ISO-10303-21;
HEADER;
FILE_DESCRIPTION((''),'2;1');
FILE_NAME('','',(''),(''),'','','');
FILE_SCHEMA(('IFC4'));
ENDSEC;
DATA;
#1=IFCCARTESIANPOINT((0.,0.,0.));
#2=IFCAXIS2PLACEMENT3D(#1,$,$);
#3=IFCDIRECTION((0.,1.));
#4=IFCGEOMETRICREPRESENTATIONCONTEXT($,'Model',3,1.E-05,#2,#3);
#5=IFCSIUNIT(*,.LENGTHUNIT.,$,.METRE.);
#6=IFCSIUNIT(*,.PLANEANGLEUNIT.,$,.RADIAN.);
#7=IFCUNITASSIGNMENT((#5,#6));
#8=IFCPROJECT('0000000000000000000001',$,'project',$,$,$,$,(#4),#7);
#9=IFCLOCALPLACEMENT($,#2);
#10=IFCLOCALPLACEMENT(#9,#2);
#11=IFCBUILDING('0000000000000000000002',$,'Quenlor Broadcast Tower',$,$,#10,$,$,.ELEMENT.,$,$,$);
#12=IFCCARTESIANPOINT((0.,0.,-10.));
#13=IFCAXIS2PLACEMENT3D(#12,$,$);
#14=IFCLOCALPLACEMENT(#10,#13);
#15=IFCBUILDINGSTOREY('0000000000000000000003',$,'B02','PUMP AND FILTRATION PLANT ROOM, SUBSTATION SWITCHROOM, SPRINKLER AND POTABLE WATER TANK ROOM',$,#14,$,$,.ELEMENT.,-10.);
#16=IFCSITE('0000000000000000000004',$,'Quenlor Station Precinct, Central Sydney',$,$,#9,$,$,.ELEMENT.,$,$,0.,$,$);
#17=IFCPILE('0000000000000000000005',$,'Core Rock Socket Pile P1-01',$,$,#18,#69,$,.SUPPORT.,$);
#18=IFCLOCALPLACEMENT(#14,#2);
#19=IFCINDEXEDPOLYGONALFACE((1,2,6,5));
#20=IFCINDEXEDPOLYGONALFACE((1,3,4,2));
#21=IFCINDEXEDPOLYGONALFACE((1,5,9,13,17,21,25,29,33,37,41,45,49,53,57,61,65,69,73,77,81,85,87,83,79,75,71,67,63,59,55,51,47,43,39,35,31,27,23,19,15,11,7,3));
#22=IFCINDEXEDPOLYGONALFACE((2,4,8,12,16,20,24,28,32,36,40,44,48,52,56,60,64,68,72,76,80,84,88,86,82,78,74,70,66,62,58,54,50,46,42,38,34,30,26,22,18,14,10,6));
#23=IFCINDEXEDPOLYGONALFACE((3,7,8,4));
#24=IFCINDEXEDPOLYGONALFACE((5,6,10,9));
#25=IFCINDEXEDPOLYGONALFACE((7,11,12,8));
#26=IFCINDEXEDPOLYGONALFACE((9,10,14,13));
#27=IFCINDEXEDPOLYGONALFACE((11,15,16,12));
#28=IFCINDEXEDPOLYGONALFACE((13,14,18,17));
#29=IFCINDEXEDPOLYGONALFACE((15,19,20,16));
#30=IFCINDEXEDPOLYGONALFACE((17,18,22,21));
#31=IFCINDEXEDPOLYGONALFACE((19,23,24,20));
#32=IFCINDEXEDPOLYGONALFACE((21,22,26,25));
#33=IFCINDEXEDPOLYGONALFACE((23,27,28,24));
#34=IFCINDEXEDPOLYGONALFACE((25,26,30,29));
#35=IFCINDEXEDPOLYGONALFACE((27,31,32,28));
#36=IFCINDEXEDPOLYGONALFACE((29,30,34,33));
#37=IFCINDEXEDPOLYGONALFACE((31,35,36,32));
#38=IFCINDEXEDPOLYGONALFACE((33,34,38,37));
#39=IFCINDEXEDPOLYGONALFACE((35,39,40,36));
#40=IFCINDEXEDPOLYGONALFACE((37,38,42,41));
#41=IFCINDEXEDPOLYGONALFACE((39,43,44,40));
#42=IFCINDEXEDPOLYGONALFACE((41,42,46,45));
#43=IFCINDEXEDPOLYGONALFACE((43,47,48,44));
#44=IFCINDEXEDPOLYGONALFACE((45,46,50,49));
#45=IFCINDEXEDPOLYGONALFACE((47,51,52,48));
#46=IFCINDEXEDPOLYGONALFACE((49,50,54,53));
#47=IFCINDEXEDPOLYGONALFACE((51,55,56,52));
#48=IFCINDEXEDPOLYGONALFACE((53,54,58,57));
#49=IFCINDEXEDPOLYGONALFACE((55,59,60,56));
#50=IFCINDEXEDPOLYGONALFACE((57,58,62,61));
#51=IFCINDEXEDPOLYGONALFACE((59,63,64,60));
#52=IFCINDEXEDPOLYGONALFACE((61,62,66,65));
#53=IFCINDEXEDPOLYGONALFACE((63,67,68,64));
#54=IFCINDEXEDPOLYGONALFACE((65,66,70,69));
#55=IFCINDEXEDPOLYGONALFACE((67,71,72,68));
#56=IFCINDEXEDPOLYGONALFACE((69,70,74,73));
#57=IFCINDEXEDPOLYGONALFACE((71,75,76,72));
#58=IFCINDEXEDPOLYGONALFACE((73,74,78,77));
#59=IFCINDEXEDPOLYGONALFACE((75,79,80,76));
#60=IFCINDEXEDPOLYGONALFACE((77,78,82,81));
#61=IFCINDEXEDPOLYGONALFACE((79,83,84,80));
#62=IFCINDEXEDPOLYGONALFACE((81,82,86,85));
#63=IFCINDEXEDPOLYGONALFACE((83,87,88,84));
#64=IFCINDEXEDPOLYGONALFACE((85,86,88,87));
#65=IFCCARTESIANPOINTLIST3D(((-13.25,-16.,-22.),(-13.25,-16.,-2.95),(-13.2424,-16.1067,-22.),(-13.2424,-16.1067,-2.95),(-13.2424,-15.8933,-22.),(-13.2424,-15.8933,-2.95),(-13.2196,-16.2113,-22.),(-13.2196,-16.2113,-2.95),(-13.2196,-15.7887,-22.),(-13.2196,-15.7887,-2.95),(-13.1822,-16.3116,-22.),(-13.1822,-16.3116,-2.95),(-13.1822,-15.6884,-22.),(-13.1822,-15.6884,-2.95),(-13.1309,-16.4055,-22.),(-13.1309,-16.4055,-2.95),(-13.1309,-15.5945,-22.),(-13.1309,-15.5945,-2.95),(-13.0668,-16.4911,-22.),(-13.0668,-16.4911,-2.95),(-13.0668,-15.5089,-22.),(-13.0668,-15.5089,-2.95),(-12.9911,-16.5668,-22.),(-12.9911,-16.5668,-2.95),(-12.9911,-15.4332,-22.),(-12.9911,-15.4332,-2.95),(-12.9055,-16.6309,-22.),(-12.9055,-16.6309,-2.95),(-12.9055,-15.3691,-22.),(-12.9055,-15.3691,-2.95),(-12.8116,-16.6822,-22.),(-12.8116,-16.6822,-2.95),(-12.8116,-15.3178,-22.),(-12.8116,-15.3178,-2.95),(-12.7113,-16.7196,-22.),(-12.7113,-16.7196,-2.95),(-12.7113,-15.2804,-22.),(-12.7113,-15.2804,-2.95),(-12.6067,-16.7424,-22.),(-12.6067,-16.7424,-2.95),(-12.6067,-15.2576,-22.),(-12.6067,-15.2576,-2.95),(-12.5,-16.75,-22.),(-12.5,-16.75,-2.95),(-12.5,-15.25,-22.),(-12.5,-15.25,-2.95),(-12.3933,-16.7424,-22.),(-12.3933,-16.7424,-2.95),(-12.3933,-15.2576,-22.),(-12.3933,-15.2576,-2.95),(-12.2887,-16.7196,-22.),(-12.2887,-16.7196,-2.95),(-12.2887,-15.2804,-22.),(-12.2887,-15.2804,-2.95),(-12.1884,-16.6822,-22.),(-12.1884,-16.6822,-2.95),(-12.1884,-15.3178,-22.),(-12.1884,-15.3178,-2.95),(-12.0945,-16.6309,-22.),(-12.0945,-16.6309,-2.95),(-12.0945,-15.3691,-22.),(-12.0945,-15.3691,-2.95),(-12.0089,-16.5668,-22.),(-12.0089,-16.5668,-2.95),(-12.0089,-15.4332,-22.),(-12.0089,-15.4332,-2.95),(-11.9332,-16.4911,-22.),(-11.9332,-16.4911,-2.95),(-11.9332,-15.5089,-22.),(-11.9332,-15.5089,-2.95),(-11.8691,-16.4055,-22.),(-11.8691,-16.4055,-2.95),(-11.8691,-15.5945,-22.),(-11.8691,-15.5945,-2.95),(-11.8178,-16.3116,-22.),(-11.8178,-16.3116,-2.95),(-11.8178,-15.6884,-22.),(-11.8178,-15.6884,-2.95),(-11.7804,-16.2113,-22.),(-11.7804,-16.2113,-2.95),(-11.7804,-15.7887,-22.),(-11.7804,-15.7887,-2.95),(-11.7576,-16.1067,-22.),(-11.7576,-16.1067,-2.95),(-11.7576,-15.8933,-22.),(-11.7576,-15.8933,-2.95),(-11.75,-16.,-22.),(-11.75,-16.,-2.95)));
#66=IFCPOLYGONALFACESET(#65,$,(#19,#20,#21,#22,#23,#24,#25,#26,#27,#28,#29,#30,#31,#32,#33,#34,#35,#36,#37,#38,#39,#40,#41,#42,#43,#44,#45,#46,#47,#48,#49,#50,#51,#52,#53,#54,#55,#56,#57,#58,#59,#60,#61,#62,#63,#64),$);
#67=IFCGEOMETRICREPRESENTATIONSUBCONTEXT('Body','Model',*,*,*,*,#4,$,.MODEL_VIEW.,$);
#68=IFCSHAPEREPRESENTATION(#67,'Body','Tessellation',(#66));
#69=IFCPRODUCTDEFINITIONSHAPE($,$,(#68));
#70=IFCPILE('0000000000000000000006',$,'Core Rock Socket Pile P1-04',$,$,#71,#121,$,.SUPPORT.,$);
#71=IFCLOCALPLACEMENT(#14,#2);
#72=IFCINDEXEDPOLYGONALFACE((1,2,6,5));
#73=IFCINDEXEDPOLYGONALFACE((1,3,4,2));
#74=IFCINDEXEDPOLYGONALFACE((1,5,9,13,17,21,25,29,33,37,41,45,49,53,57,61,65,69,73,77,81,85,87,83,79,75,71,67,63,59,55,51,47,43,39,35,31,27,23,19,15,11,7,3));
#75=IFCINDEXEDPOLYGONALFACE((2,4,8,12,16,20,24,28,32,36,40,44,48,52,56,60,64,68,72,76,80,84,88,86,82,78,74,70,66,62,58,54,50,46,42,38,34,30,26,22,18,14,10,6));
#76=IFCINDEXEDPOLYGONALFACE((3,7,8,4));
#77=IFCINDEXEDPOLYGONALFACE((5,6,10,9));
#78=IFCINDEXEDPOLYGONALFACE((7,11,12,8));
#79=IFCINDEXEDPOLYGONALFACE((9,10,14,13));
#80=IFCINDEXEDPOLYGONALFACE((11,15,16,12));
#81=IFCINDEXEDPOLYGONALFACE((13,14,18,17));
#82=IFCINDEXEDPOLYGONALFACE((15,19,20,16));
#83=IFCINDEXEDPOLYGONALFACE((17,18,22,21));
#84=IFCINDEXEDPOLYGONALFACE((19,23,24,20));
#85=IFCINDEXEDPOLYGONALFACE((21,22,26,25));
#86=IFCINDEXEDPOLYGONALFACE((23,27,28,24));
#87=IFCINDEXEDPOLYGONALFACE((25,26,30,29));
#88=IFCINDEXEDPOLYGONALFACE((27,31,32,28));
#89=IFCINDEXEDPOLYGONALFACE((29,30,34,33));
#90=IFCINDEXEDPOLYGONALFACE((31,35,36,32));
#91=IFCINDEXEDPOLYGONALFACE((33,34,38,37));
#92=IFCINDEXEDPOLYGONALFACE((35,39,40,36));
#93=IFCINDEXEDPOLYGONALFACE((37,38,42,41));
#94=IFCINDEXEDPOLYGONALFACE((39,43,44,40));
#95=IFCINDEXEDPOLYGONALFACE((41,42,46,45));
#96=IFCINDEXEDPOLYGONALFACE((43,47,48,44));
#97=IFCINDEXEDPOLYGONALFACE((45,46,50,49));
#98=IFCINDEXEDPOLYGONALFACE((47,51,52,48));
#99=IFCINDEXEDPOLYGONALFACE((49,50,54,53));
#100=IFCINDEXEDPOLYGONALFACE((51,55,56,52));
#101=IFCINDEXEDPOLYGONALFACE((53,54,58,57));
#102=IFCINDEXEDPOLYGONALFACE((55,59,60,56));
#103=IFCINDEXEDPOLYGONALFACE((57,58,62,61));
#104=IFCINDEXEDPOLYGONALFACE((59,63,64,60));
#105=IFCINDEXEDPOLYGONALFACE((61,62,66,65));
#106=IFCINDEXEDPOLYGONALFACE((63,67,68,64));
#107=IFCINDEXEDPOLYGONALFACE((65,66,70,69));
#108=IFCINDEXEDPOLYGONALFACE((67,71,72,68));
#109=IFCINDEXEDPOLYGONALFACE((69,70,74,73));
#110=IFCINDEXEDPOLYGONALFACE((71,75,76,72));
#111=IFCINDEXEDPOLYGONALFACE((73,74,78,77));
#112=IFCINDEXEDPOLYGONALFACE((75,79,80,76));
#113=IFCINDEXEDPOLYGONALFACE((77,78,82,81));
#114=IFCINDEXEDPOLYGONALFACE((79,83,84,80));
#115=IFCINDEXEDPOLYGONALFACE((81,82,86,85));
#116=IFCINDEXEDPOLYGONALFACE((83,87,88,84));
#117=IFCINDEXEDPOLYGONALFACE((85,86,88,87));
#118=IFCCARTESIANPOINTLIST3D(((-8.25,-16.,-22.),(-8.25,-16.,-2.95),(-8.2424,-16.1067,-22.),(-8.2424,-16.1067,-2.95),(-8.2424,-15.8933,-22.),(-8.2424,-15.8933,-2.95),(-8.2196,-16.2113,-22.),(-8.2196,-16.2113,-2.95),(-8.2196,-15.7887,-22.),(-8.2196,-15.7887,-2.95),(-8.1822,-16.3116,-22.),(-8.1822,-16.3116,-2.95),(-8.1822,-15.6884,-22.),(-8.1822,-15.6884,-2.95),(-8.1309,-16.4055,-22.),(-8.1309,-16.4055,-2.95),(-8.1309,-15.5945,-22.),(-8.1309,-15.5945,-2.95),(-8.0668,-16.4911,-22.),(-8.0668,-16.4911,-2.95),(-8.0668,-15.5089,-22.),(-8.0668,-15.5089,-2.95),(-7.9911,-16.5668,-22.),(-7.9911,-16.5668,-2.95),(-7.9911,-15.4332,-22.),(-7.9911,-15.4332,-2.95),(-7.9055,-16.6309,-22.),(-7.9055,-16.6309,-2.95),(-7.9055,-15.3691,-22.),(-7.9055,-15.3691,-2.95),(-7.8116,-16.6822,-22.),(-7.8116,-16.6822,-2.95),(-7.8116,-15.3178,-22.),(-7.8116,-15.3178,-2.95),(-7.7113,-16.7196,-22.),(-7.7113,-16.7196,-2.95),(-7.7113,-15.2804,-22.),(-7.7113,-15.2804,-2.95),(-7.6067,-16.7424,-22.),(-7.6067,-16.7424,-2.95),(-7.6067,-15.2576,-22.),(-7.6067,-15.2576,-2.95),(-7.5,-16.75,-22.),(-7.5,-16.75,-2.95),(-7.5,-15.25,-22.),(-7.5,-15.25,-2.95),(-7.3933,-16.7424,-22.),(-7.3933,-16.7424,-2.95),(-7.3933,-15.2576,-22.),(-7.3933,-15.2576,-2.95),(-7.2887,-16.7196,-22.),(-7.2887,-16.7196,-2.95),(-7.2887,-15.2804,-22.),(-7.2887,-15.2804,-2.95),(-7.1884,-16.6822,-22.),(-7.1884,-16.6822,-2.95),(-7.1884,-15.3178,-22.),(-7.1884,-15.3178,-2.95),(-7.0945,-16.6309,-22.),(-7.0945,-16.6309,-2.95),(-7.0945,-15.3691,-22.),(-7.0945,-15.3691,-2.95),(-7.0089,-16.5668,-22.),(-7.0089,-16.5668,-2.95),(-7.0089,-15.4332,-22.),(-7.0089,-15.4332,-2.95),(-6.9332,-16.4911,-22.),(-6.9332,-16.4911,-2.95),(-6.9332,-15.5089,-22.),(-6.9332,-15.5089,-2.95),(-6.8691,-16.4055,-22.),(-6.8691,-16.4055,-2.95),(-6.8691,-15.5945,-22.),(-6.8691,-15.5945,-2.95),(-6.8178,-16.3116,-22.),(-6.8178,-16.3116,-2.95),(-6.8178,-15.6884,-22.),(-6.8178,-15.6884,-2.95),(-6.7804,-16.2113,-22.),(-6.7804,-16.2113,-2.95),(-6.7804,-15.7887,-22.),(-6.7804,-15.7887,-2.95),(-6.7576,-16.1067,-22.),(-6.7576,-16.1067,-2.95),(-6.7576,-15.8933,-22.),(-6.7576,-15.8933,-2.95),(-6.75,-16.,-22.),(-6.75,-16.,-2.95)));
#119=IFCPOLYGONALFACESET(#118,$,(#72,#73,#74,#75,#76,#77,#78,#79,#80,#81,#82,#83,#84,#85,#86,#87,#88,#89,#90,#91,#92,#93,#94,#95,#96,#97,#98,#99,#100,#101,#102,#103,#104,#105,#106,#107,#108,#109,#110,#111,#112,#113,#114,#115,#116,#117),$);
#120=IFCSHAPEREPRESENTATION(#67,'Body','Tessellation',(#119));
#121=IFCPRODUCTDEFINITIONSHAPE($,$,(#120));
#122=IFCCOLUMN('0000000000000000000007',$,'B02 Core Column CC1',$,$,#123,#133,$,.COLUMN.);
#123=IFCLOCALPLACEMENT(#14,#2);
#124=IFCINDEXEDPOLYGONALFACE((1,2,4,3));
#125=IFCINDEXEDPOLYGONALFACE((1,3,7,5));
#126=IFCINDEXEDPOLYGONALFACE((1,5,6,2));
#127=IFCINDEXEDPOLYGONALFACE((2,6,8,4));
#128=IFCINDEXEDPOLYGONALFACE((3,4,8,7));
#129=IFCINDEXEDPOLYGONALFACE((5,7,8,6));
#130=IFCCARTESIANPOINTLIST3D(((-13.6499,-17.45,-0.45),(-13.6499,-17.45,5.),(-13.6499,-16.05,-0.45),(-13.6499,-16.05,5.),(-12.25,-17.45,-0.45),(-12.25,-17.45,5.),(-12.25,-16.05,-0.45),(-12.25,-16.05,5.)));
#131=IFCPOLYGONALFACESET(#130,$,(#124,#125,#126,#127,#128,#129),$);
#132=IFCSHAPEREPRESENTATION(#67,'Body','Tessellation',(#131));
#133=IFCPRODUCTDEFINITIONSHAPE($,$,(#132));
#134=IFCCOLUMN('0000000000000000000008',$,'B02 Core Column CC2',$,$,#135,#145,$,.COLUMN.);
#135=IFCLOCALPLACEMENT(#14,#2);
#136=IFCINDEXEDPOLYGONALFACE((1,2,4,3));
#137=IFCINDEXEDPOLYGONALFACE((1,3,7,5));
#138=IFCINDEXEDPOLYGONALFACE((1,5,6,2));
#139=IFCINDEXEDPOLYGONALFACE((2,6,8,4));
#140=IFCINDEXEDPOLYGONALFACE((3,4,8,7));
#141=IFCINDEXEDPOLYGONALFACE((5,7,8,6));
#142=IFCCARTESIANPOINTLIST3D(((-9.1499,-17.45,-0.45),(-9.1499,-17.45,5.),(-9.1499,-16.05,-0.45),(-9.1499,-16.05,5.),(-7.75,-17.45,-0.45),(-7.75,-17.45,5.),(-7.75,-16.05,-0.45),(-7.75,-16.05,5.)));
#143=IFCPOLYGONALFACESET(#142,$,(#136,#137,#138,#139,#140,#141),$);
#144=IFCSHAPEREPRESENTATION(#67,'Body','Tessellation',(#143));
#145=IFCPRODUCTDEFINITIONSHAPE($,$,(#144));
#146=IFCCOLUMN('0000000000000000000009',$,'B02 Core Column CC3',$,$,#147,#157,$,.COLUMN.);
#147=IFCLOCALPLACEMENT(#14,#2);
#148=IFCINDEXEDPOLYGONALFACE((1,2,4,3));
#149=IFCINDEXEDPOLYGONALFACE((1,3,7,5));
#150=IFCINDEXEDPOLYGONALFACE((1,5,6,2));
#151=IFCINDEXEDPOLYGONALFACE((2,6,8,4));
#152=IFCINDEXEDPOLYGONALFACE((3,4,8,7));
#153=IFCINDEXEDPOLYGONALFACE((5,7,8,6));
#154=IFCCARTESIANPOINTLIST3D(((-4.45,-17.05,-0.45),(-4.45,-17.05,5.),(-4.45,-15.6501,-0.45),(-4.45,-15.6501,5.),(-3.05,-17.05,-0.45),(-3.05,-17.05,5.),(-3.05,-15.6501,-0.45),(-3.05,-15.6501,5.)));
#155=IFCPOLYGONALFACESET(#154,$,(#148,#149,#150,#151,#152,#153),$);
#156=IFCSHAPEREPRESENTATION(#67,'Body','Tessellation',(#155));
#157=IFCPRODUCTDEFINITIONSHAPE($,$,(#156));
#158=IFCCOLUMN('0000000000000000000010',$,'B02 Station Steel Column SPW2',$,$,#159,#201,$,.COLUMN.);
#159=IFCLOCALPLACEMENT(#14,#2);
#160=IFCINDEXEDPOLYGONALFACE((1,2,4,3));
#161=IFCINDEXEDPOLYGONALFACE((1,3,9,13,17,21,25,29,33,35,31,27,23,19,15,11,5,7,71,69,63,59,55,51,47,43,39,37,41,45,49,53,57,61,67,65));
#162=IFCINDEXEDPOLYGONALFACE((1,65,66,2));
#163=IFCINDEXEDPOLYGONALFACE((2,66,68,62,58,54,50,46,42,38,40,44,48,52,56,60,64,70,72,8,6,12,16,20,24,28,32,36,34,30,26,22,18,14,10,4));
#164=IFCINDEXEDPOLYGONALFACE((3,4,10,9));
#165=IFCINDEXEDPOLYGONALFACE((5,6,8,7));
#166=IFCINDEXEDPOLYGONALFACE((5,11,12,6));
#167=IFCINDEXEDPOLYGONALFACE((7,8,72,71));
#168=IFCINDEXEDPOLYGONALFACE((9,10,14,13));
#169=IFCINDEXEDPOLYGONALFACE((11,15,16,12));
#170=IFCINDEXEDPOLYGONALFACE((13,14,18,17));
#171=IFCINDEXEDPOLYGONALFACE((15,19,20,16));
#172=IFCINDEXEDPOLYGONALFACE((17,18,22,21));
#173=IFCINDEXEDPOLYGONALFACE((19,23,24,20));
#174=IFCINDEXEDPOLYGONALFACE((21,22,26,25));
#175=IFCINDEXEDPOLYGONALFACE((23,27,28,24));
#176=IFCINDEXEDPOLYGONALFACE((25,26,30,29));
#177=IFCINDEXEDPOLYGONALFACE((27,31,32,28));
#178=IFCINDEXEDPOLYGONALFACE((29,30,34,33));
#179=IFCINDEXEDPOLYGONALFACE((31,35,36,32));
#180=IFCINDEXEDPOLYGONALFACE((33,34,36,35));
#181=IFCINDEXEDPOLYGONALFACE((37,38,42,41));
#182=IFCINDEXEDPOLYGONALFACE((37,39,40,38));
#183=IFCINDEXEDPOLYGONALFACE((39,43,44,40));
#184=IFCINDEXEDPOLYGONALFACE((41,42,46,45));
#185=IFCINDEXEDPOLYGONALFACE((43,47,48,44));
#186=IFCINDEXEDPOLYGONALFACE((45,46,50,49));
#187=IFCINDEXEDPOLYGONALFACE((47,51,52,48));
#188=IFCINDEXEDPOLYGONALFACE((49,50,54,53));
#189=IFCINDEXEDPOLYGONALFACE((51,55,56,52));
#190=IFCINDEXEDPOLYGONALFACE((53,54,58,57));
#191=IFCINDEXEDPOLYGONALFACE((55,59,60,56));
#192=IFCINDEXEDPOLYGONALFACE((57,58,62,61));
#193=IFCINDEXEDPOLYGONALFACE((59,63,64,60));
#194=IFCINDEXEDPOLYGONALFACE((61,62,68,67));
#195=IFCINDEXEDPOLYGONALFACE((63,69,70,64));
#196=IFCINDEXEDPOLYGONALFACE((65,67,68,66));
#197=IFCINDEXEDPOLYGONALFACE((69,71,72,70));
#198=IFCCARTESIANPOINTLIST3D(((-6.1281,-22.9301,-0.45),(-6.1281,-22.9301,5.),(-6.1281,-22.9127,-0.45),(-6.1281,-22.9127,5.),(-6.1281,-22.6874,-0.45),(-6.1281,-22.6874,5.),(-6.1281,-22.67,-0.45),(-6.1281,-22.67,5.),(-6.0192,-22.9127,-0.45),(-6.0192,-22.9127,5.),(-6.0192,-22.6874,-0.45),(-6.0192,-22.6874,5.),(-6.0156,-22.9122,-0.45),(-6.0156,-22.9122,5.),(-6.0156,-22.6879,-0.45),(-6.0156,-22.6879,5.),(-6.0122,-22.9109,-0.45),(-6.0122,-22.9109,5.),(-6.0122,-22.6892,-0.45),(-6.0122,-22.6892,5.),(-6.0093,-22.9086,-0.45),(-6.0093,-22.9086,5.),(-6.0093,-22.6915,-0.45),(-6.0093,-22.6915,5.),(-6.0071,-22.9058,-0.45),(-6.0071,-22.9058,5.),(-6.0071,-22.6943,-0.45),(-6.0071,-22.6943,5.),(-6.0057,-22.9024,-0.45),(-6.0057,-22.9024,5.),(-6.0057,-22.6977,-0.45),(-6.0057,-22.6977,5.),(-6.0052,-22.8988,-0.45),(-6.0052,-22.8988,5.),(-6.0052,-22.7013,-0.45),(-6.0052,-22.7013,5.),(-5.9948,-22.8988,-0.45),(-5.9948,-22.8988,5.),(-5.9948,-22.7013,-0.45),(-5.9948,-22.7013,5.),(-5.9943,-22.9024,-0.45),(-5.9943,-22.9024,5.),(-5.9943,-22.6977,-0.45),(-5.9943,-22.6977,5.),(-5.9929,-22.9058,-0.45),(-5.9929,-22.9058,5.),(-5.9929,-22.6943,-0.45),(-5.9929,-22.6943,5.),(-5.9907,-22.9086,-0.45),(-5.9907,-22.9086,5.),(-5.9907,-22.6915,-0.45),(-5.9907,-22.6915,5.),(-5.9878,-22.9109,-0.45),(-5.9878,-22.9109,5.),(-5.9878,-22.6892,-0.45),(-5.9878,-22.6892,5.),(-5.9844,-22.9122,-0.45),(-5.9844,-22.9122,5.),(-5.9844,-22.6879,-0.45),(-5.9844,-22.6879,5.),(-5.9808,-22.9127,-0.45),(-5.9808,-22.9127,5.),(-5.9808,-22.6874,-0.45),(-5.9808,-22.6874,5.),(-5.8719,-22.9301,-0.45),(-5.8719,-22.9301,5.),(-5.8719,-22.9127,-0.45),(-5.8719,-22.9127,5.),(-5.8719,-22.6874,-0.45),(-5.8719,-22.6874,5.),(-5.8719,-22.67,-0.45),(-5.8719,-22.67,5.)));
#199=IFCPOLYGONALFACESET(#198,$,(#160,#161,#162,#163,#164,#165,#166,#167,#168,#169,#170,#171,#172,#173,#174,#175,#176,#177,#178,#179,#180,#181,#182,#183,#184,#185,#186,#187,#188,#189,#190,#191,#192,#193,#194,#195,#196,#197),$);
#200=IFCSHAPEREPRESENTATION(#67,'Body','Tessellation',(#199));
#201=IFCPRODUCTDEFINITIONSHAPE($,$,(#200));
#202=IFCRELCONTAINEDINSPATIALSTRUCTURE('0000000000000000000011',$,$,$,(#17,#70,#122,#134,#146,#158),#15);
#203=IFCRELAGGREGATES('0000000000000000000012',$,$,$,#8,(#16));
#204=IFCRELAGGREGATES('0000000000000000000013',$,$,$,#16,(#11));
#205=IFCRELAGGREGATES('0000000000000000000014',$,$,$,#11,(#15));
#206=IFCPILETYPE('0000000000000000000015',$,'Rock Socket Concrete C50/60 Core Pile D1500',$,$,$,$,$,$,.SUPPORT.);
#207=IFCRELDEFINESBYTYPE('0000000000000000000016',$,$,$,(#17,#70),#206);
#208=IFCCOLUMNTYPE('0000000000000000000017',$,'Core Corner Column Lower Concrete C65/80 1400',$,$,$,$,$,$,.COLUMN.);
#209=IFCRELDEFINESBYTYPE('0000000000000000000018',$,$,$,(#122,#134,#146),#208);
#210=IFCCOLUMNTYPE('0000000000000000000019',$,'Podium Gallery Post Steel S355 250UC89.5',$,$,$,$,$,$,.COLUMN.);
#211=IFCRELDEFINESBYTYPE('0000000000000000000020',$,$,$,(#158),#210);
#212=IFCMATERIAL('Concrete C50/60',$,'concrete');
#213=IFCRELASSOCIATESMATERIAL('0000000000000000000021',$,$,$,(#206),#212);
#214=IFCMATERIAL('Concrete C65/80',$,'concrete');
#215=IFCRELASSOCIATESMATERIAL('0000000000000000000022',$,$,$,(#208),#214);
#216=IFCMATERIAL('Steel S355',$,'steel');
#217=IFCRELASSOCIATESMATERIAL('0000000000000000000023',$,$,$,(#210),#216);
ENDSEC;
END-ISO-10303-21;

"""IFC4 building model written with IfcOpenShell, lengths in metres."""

from ifc_helpers import new_model, si_unit, direction, frame, origin, origin_2d, place, context, subcontext, project, spatial, rectangle, circle, i_section, extrude, material, material_profile, profile_set, type_object, element, save


model = new_model("IFC4")

# Units and contexts
model_context = context("Model", 3, precision=1e-05, world=origin(), true_north=direction((0.0, 1.0)))
body_context = subcontext(model_context, "Body", "Model", "MODEL_VIEW")
ifc_project = project(units=[si_unit("LENGTHUNIT", "METRE"), si_unit("PLANEANGLEUNIT", "RADIAN")], contexts=[model_context])

# Site, building, storey
site_placement = place(None, origin())
site = spatial("IfcSite", under=ifc_project, at=site_placement, Name="Quenlor Station Precinct, Central Sydney", CompositionType="ELEMENT", RefElevation=0.0)
building_placement = place(site_placement, origin())
building = spatial("IfcBuilding", under=site, at=building_placement, Name="Quenlor Broadcast Tower", CompositionType="ELEMENT")
storey_placement = place(building_placement, frame((0.0, 0.0, -10.0)))
storey = spatial("IfcBuildingStorey", under=building, at=storey_placement, Name="B02", Description="PUMP AND FILTRATION PLANT ROOM, SUBSTATION SWITCHROOM, SPRINKLER AND POTABLE WATER TANK ROOM", CompositionType="ELEMENT", Elevation=-10.0)

# Piles
ifc_material_1 = material(Name="Concrete C50/60", Category="concrete")
ifc_material_profile_1 = material_profile(ifc_material_1, circle(Radius=0.75, at=origin_2d()))
ifc_profile_set_1 = profile_set([ifc_material_profile_1], Name="Concrete C50/60 PILE1500")
pile_type_1 = type_object("IfcPileType", Name="Rock Socket Concrete C50/60 Core Pile D1500", PredefinedType="SUPPORT", material=ifc_profile_set_1)
for number, where, z_axis, x_axis, name in (
    (1, (-12.5, -16.0, -2.95), (0.0, 0.0, -1.0), (1.0, 0.0, 0.0), "Core Rock Socket Pile P1-01"),
    (2, (-7.5, -16.0, -2.95), (0.0, 0.0, -1.0), (1.0, 0.0, 0.0), "Core Rock Socket Pile P1-04"),
):
    element("IfcPile", number, at=place(storey_placement, frame(where, z_axis=z_axis, x_axis=x_axis)), inside=storey, type_object=pile_type_1, Name=name, PredefinedType="SUPPORT", context=body_context, shape_type="SweptSolid", body=[
        extrude(circle(Radius=0.75, at=origin_2d()), origin(), (0.0, 0.0, 1.0), 19.05),
    ])

# Columns
ifc_material_2 = material(Name="Concrete C65/80", Category="concrete")
ifc_material_profile_2 = material_profile(ifc_material_2, rectangle(XDim=1.3999, YDim=1.3999, at=origin_2d()))
ifc_profile_set_2 = profile_set([ifc_material_profile_2], Name="Concrete C65/80 RC1400x1400")
column_type_1 = type_object("IfcColumnType", Name="Core Corner Column Lower Concrete C65/80 1400", PredefinedType="COLUMN", material=ifc_profile_set_2)
for number, where, z_axis, x_axis, name in (
    (3, (-12.95, -16.75, -0.45), (0.0, 0.0, 1.0), (1.0, 0.0, 0.0), "B02 Core Column CC1"),
    (4, (-8.45, -16.75, -0.45), (0.0, 0.0, 1.0), (1.0, 0.0, 0.0), "B02 Core Column CC2"),
    (5, (-3.75, -16.3501, -0.45), (0.0, 0.0, 1.0), (1.0, 0.0, 0.0), "B02 Core Column CC3"),
):
    element("IfcColumn", number, at=place(storey_placement, frame(where, z_axis=z_axis, x_axis=x_axis)), inside=storey, type_object=column_type_1, Name=name, PredefinedType="COLUMN", context=body_context, shape_type="SweptSolid", body=[
        extrude(rectangle(XDim=1.3999, YDim=1.3999, at=origin_2d()), origin(), (0.0, 0.0, 1.0), 5.45),
    ])
ifc_material_3 = material(Name="Steel S355", Category="steel")
ifc_material_profile_3 = material_profile(ifc_material_3, i_section(OverallWidth=0.2561, OverallDepth=0.26, WebThickness=0.0105, FlangeThickness=0.0173, FilletRadius=0.0139, at=origin_2d()))
ifc_profile_set_3 = profile_set([ifc_material_profile_3], Name="Steel S355 250UC89.5")
column_type_2 = type_object("IfcColumnType", Name="Podium Gallery Post Steel S355 250UC89.5", PredefinedType="COLUMN", material=ifc_profile_set_3)
column_1_placement = place(storey_placement, frame((-6.0, -22.8, -0.45), z_axis=(0.0, 0.0, 1.0), x_axis=(1.0, 0.0, 0.0)))
element("IfcColumn", 6, at=column_1_placement, inside=storey, type_object=column_type_2, Name="B02 Station Steel Column SPW2", PredefinedType="COLUMN", context=body_context, shape_type="SweptSolid", body=[
    extrude(i_section(OverallWidth=0.2561, OverallDepth=0.26, WebThickness=0.0105, FlangeThickness=0.0173, FilletRadius=0.0139, at=origin_2d()), origin(), (0.0, 0.0, 1.0), 5.45),
])

save(model, "model.ifc")
